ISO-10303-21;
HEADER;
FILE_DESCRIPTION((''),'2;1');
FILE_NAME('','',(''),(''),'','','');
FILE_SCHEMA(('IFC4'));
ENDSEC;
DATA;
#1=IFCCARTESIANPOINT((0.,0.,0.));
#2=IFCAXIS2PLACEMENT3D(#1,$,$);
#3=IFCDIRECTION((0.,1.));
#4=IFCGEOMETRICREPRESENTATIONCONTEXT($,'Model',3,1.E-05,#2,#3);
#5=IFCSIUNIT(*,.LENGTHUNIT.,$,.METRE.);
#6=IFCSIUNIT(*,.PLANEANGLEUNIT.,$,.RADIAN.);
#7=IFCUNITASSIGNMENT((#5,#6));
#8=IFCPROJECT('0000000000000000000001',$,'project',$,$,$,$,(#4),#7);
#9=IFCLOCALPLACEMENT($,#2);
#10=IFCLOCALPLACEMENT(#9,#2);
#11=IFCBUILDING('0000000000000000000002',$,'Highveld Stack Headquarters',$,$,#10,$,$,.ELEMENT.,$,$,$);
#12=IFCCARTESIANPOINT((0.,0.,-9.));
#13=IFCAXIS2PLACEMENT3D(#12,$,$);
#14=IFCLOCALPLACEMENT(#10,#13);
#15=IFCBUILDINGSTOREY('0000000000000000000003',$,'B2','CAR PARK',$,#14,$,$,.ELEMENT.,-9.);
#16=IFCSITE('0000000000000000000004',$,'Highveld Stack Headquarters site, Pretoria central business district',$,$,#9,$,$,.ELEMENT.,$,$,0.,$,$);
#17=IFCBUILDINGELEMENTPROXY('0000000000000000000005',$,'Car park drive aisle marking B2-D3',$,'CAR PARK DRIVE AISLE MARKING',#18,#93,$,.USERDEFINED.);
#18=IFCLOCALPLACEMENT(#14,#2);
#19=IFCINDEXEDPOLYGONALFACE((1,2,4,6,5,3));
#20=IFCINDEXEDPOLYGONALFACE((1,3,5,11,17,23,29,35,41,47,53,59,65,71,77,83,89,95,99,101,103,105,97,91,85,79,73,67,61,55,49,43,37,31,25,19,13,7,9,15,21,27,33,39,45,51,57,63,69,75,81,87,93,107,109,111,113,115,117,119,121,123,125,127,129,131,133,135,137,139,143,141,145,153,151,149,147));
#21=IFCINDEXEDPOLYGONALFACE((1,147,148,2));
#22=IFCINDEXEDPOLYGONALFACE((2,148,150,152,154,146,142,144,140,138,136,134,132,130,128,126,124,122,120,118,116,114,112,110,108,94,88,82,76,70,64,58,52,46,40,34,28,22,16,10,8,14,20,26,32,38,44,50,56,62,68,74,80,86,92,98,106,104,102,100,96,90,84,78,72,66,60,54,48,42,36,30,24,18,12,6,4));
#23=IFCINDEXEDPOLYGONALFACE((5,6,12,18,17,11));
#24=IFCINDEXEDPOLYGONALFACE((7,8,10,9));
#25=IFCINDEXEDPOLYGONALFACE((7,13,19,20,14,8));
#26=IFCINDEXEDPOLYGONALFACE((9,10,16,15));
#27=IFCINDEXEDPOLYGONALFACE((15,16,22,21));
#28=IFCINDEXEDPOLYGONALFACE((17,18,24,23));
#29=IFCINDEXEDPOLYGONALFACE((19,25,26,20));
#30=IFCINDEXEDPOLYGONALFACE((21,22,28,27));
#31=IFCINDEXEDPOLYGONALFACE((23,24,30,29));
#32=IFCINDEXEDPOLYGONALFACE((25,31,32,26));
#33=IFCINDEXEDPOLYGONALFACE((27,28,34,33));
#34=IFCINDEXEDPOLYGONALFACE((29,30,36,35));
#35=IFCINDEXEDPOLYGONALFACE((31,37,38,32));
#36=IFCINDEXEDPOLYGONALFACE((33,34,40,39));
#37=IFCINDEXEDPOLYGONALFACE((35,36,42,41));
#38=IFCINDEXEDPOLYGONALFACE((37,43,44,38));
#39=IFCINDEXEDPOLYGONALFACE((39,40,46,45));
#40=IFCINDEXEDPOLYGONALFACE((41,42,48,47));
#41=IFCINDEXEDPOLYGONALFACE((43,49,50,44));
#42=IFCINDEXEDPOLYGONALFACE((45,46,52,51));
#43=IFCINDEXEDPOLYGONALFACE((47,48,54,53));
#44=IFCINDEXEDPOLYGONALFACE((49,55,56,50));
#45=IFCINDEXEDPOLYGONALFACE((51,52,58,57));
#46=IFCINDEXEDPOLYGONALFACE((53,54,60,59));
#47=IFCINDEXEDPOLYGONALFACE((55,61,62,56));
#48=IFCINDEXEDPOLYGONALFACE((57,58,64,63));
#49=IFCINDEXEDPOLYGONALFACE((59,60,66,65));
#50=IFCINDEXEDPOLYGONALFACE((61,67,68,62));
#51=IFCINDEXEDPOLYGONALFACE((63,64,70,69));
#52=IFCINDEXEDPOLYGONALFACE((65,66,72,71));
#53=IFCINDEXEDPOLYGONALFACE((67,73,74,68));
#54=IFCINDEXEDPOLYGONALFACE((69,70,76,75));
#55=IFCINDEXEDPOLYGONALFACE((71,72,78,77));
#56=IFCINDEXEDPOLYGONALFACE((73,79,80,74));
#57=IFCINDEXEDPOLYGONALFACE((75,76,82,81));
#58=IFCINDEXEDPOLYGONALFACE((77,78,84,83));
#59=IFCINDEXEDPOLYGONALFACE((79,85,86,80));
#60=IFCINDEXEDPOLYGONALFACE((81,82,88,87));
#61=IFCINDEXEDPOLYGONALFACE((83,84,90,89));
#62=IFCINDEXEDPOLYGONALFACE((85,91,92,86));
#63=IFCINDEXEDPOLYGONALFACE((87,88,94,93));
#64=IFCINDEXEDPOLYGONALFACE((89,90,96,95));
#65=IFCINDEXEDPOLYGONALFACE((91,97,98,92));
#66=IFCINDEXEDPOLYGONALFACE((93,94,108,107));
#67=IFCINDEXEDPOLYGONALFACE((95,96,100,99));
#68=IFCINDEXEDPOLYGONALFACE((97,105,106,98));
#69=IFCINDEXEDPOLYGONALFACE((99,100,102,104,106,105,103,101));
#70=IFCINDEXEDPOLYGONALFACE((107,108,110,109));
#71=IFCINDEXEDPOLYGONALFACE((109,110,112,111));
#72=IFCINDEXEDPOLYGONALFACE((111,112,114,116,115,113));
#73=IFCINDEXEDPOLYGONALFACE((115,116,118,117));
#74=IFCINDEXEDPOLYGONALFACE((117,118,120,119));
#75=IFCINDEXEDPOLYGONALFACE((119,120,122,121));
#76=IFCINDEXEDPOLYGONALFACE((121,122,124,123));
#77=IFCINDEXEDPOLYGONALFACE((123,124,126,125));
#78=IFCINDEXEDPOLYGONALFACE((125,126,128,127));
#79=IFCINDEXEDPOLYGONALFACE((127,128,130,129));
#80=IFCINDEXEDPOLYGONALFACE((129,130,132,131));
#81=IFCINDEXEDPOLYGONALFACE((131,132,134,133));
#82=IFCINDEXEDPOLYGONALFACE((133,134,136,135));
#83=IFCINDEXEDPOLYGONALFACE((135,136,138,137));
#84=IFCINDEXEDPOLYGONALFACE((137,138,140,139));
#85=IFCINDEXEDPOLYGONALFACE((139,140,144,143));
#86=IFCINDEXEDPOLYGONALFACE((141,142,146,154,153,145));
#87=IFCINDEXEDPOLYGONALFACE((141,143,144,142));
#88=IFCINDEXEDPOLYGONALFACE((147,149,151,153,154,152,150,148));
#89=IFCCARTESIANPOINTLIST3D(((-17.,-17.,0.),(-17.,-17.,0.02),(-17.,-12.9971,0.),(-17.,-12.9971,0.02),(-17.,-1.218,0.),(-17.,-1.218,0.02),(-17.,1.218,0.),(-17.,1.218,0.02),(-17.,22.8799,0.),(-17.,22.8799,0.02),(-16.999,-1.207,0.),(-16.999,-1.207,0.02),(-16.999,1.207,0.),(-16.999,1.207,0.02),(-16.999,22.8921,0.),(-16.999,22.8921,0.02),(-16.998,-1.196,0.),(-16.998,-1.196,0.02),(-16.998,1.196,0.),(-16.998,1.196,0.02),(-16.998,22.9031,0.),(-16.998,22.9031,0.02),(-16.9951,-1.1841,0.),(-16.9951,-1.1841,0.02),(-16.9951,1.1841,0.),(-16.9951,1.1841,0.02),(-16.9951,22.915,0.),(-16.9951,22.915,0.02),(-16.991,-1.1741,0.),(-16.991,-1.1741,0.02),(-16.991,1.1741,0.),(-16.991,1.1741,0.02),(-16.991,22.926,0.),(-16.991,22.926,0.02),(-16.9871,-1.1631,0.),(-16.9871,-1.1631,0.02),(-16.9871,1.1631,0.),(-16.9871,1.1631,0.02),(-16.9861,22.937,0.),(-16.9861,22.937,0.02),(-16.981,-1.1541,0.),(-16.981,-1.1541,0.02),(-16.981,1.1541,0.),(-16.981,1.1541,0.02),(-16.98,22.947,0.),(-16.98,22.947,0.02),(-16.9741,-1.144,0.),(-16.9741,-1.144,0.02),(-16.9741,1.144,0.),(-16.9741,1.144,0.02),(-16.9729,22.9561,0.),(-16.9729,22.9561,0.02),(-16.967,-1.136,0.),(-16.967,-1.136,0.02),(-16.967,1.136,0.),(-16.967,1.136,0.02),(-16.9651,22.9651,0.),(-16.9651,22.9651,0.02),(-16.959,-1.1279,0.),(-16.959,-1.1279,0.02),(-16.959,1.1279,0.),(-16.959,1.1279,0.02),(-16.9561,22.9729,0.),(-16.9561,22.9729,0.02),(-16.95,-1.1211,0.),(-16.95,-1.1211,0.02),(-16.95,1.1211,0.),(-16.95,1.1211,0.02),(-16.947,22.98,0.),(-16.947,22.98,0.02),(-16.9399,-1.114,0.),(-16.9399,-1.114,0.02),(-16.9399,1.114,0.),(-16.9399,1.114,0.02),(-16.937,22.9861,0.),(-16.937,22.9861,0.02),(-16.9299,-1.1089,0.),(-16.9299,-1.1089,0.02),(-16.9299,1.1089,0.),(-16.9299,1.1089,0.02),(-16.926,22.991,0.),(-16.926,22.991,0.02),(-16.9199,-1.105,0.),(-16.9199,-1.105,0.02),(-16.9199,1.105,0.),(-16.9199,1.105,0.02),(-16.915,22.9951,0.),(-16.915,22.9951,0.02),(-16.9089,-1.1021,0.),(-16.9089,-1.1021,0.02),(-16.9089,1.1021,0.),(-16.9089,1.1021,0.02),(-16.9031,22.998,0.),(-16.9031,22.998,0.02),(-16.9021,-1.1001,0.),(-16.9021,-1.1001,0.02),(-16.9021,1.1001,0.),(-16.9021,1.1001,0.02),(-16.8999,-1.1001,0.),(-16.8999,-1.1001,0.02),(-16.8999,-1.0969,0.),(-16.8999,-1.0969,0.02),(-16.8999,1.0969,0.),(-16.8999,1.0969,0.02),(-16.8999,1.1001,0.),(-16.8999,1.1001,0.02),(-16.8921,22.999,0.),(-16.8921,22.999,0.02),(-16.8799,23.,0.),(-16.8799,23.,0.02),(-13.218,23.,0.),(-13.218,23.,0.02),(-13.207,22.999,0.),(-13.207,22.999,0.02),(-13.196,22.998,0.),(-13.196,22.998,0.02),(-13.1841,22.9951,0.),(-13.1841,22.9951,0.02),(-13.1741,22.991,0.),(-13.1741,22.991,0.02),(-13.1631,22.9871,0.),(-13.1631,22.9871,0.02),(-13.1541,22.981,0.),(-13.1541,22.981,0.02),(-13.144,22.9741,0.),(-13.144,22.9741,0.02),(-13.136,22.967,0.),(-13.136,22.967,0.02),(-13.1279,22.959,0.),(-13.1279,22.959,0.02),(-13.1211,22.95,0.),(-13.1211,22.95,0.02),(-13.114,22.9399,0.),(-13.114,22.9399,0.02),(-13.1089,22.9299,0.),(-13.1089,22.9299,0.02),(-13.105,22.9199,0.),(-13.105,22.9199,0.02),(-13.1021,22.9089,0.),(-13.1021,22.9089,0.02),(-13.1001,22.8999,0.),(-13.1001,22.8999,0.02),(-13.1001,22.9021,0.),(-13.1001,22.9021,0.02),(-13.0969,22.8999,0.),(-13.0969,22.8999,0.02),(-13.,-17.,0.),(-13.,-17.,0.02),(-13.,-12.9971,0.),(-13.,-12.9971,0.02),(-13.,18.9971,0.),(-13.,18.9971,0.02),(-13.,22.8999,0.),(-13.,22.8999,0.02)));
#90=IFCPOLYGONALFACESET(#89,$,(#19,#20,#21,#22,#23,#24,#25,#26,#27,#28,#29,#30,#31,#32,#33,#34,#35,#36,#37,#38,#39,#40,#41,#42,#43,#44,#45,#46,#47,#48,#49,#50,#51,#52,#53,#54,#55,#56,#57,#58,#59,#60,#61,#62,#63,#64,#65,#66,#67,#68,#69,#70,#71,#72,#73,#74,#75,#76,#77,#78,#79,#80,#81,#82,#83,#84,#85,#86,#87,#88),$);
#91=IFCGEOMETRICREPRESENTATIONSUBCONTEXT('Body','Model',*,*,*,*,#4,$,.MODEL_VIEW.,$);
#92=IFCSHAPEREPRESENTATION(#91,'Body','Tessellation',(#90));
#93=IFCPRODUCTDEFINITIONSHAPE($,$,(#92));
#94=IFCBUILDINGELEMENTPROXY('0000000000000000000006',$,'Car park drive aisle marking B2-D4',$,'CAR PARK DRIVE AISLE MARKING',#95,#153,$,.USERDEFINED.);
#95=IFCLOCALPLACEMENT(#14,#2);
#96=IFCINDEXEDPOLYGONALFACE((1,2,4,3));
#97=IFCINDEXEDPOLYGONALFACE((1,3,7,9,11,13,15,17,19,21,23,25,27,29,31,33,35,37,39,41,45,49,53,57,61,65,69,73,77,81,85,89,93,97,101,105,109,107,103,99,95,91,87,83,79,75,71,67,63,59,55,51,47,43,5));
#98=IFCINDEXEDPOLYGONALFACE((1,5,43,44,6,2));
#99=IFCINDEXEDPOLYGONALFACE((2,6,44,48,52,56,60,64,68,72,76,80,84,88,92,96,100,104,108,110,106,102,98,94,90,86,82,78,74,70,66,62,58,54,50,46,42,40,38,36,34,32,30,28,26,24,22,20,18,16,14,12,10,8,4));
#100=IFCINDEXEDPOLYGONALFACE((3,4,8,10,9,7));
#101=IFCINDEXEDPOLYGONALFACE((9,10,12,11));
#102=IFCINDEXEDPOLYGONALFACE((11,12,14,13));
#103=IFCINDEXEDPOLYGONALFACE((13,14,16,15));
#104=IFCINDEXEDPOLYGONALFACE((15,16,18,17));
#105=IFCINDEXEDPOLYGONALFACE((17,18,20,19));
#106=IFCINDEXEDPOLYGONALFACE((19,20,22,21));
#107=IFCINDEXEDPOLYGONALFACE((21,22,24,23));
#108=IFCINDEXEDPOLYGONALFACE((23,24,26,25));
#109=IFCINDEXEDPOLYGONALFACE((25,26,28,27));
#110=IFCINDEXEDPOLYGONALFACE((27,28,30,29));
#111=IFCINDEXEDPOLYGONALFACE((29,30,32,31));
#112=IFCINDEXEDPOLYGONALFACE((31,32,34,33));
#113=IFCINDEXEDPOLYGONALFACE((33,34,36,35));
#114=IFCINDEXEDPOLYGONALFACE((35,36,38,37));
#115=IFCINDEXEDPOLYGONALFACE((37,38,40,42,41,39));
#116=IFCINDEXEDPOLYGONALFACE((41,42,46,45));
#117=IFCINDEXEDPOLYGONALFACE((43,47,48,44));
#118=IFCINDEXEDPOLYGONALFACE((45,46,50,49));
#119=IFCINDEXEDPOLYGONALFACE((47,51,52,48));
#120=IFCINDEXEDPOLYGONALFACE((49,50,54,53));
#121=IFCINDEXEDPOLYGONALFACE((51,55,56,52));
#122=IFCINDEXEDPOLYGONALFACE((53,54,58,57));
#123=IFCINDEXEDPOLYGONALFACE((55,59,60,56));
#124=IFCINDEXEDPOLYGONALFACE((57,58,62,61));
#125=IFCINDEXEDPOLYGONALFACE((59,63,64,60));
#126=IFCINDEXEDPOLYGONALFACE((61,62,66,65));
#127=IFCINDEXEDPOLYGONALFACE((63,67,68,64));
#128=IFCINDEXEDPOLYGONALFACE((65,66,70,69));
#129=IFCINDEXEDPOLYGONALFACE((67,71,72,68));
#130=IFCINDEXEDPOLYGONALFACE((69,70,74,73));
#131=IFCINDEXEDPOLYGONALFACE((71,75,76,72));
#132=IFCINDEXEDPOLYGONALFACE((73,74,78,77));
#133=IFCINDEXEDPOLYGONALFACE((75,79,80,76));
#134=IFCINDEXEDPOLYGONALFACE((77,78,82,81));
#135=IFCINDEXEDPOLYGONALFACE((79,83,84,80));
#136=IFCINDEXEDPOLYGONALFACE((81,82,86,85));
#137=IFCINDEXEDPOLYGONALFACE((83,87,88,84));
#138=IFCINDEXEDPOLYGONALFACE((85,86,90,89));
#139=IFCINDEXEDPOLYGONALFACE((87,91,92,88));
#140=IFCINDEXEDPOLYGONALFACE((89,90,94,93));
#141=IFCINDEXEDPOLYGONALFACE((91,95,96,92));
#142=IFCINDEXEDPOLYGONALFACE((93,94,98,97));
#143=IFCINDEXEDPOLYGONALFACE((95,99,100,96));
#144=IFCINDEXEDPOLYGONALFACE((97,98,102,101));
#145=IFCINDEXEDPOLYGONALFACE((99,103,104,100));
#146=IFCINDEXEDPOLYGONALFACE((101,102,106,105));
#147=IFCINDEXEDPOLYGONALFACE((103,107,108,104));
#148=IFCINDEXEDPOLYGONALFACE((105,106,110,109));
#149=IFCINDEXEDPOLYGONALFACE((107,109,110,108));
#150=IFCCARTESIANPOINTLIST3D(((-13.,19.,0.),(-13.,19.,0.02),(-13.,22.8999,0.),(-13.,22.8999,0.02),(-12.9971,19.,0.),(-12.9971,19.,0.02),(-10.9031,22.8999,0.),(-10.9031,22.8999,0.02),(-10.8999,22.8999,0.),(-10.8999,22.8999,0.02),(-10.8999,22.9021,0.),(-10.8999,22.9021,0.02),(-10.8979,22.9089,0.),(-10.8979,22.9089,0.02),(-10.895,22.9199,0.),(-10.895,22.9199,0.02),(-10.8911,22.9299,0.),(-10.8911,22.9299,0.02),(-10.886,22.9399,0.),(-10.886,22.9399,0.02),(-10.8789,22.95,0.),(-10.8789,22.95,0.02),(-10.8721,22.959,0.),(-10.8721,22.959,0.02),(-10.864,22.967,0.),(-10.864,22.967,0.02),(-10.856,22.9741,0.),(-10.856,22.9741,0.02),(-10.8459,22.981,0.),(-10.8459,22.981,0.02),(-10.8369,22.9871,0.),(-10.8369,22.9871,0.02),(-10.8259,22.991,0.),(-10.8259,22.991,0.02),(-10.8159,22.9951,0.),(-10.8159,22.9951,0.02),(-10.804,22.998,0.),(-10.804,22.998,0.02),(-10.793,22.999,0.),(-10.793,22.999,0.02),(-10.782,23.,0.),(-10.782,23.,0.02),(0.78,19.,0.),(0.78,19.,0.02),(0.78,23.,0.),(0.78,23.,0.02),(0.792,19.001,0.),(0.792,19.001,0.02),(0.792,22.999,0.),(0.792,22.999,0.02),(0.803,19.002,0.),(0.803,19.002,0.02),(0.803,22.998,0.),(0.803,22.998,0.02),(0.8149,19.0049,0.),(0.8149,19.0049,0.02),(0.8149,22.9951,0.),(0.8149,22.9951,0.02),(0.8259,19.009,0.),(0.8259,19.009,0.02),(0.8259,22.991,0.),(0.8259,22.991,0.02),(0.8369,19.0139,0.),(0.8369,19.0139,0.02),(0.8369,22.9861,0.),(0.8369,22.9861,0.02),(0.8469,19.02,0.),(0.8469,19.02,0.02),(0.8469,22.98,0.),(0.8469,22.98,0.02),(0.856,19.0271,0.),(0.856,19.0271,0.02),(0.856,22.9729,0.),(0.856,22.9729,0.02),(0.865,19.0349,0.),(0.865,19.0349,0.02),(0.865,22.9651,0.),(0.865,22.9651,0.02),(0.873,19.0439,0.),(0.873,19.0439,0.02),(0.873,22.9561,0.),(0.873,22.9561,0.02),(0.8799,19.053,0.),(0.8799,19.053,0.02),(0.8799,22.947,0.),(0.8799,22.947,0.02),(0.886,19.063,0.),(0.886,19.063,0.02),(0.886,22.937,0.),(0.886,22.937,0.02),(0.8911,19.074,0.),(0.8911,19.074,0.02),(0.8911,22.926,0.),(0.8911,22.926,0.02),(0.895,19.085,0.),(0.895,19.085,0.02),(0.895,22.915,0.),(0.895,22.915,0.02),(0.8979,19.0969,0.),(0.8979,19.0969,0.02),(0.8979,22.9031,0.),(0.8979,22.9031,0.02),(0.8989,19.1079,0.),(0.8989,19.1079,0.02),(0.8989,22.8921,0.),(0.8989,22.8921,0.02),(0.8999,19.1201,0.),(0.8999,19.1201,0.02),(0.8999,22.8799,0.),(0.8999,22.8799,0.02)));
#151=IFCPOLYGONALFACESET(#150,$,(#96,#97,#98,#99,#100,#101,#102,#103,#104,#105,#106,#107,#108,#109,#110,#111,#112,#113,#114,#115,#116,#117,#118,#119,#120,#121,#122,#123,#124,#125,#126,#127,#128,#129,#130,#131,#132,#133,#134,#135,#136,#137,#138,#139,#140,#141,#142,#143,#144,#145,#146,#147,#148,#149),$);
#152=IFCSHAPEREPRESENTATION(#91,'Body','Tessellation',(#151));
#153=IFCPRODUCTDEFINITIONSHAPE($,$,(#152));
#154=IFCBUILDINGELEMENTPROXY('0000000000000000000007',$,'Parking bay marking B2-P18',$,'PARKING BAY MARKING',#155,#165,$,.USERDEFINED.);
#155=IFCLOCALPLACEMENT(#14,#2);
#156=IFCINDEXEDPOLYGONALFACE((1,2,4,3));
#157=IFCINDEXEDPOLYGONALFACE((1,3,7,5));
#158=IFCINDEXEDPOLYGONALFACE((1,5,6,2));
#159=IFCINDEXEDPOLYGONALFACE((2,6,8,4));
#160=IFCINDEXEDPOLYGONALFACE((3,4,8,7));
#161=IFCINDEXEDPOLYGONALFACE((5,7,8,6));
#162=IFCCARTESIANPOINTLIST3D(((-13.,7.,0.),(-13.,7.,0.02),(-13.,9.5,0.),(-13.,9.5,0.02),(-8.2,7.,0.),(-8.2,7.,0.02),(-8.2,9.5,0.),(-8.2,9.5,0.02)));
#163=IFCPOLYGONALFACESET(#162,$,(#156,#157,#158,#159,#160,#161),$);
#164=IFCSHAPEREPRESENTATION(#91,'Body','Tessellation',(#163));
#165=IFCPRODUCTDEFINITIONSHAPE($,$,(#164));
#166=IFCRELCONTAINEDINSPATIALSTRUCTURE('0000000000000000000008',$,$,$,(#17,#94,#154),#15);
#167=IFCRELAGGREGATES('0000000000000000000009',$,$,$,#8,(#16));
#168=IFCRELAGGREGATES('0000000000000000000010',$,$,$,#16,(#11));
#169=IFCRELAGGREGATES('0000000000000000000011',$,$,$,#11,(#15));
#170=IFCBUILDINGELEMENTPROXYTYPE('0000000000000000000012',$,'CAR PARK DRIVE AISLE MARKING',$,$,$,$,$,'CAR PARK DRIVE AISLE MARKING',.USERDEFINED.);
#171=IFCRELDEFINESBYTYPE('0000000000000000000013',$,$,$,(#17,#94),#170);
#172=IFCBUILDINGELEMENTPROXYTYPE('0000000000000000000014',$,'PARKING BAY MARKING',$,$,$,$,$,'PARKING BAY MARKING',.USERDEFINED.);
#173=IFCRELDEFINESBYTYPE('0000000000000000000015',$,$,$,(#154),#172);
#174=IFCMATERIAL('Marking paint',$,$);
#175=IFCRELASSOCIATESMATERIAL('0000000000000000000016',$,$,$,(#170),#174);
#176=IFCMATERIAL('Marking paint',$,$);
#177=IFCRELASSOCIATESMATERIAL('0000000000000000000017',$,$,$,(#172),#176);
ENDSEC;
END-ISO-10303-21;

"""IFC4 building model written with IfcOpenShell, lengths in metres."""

from ifc_helpers import new_model, si_unit, direction, frame, origin, place, context, subcontext, project, spatial, polyline, outline, extrude, material, type_object, element, save


model = new_model("IFC4")

# Units and contexts
model_context = context("Model", 3, precision=1e-05, world=origin(), true_north=direction((0.0, 1.0)))
body_context = subcontext(model_context, "Body", "Model", "MODEL_VIEW")
ifc_project = project(units=[si_unit("LENGTHUNIT", "METRE"), si_unit("PLANEANGLEUNIT", "RADIAN")], contexts=[model_context])

# Site, building, storey
site_placement = place(None, origin())
site = spatial("IfcSite", under=ifc_project, at=site_placement, Name="Highveld Stack Headquarters site, Pretoria central business district", CompositionType="ELEMENT", RefElevation=0.0)
building_placement = place(site_placement, origin())
building = spatial("IfcBuilding", under=site, at=building_placement, Name="Highveld Stack Headquarters", CompositionType="ELEMENT")
storey_placement = place(building_placement, frame((0.0, 0.0, -9.0)))
storey = spatial("IfcBuildingStorey", under=building, at=storey_placement, Name="B2", Description="CAR PARK", CompositionType="ELEMENT", Elevation=-9.0)

# Building element proxies
ifc_material_1 = material(Name="Marking paint")
building_element_proxy_type_1 = type_object("IfcBuildingElementProxyType", Name="CAR PARK DRIVE AISLE MARKING", ElementType="CAR PARK DRIVE AISLE MARKING", PredefinedType="USERDEFINED", material=ifc_material_1)
proxy_1_placement = place(storey_placement, origin())
element("IfcBuildingElementProxy", 1, at=proxy_1_placement, inside=storey, type_object=building_element_proxy_type_1, Name="Car park drive aisle marking B2-D3", ObjectType="CAR PARK DRIVE AISLE MARKING", PredefinedType="USERDEFINED", context=body_context, shape_type="SweptSolid", body=[
    extrude(outline(polyline([(-17.0, -1.218), (-16.999, -1.207), (-16.998, -1.196), (-16.9951, -1.1841), (-16.991, -1.1741), (-16.9871, -1.1631), (-16.981, -1.1541), (-16.9741, -1.144), (-16.967, -1.136), (-16.959, -1.1279), (-16.95, -1.1211), (-16.9399, -1.114), (-16.9299, -1.1089), (-16.9199, -1.105), (-16.9089, -1.1021), (-16.9021, -1.1001), (-16.8999, -1.1001), (-16.8999, -1.0969), (-16.8999, 1.0969), (-16.8999, 1.1001), (-16.9021, 1.1001), (-16.9089, 1.1021), (-16.9199, 1.105), (-16.9299, 1.1089), (-16.9399, 1.114), (-16.95, 1.1211), (-16.959, 1.1279), (-16.967, 1.136), (-16.9741, 1.144), (-16.981, 1.1541), (-16.9871, 1.1631), (-16.991, 1.1741), (-16.9951, 1.1841), (-16.998, 1.196), (-16.999, 1.207), (-17.0, 1.218), (-17.0, 22.8799), (-16.999, 22.8921), (-16.998, 22.9031), (-16.9951, 22.915), (-16.991, 22.926), (-16.9861, 22.937), (-16.98, 22.947), (-16.9729, 22.9561), (-16.9651, 22.9651), (-16.9561, 22.9729), (-16.947, 22.98), (-16.937, 22.9861), (-16.926, 22.991), (-16.915, 22.9951), (-16.9031, 22.998), (-16.8921, 22.999), (-16.8799, 23.0), (-13.218, 23.0), (-13.207, 22.999), (-13.196, 22.998), (-13.1841, 22.9951), (-13.1741, 22.991), (-13.1631, 22.9871), (-13.1541, 22.981), (-13.144, 22.9741), (-13.136, 22.967), (-13.1279, 22.959), (-13.1211, 22.95), (-13.114, 22.9399), (-13.1089, 22.9299), (-13.105, 22.9199), (-13.1021, 22.9089), (-13.1001, 22.9021), (-13.1001, 22.8999), (-13.0969, 22.8999), (-13.0, 22.8999), (-13.0, 18.9971), (-13.0, -12.9971), (-13.0, -17.0), (-17.0, -17.0), (-17.0, -12.9971), (-17.0, -1.218)])), origin(), (0.0, 0.0, 1.0), 0.02),
])
proxy_2_placement = place(storey_placement, origin())
element("IfcBuildingElementProxy", 2, at=proxy_2_placement, inside=storey, type_object=building_element_proxy_type_1, Name="Car park drive aisle marking B2-D4", ObjectType="CAR PARK DRIVE AISLE MARKING", PredefinedType="USERDEFINED", context=body_context, shape_type="SweptSolid", body=[
    extrude(outline(polyline([(-10.9031, 22.8999), (-10.8999, 22.8999), (-10.8999, 22.9021), (-10.8979, 22.9089), (-10.895, 22.9199), (-10.8911, 22.9299), (-10.886, 22.9399), (-10.8789, 22.95), (-10.8721, 22.959), (-10.864, 22.967), (-10.856, 22.9741), (-10.8459, 22.981), (-10.8369, 22.9871), (-10.8259, 22.991), (-10.8159, 22.9951), (-10.804, 22.998), (-10.793, 22.999), (-10.782, 23.0), (0.78, 23.0), (0.792, 22.999), (0.803, 22.998), (0.8149, 22.9951), (0.8259, 22.991), (0.8369, 22.9861), (0.8469, 22.98), (0.856, 22.9729), (0.865, 22.9651), (0.873, 22.9561), (0.8799, 22.947), (0.886, 22.937), (0.8911, 22.926), (0.895, 22.915), (0.8979, 22.9031), (0.8989, 22.8921), (0.8999, 22.8799), (0.8999, 19.1201), (0.8989, 19.1079), (0.8979, 19.0969), (0.895, 19.085), (0.8911, 19.074), (0.886, 19.063), (0.8799, 19.053), (0.873, 19.0439), (0.865, 19.0349), (0.856, 19.0271), (0.8469, 19.02), (0.8369, 19.0139), (0.8259, 19.009), (0.8149, 19.0049), (0.803, 19.002), (0.792, 19.001), (0.78, 19.0), (-12.9971, 19.0), (-13.0, 19.0), (-13.0, 22.8999), (-10.9031, 22.8999)])), origin(), (0.0, 0.0, 1.0), 0.02),
])
ifc_material_2 = material(Name="Marking paint")
building_element_proxy_type_2 = type_object("IfcBuildingElementProxyType", Name="PARKING BAY MARKING", ElementType="PARKING BAY MARKING", PredefinedType="USERDEFINED", material=ifc_material_2)
proxy_3_placement = place(storey_placement, origin())
element("IfcBuildingElementProxy", 3, at=proxy_3_placement, inside=storey, type_object=building_element_proxy_type_2, Name="Parking bay marking B2-P18", ObjectType="PARKING BAY MARKING", PredefinedType="USERDEFINED", context=body_context, shape_type="SweptSolid", body=[
    extrude(outline(polyline([(-8.2, 7.0), (-8.2, 9.5), (-13.0, 9.5), (-13.0, 7.0), (-8.2, 7.0)])), origin(), (0.0, 0.0, 1.0), 0.02),
])

save(model, "model.ifc")
